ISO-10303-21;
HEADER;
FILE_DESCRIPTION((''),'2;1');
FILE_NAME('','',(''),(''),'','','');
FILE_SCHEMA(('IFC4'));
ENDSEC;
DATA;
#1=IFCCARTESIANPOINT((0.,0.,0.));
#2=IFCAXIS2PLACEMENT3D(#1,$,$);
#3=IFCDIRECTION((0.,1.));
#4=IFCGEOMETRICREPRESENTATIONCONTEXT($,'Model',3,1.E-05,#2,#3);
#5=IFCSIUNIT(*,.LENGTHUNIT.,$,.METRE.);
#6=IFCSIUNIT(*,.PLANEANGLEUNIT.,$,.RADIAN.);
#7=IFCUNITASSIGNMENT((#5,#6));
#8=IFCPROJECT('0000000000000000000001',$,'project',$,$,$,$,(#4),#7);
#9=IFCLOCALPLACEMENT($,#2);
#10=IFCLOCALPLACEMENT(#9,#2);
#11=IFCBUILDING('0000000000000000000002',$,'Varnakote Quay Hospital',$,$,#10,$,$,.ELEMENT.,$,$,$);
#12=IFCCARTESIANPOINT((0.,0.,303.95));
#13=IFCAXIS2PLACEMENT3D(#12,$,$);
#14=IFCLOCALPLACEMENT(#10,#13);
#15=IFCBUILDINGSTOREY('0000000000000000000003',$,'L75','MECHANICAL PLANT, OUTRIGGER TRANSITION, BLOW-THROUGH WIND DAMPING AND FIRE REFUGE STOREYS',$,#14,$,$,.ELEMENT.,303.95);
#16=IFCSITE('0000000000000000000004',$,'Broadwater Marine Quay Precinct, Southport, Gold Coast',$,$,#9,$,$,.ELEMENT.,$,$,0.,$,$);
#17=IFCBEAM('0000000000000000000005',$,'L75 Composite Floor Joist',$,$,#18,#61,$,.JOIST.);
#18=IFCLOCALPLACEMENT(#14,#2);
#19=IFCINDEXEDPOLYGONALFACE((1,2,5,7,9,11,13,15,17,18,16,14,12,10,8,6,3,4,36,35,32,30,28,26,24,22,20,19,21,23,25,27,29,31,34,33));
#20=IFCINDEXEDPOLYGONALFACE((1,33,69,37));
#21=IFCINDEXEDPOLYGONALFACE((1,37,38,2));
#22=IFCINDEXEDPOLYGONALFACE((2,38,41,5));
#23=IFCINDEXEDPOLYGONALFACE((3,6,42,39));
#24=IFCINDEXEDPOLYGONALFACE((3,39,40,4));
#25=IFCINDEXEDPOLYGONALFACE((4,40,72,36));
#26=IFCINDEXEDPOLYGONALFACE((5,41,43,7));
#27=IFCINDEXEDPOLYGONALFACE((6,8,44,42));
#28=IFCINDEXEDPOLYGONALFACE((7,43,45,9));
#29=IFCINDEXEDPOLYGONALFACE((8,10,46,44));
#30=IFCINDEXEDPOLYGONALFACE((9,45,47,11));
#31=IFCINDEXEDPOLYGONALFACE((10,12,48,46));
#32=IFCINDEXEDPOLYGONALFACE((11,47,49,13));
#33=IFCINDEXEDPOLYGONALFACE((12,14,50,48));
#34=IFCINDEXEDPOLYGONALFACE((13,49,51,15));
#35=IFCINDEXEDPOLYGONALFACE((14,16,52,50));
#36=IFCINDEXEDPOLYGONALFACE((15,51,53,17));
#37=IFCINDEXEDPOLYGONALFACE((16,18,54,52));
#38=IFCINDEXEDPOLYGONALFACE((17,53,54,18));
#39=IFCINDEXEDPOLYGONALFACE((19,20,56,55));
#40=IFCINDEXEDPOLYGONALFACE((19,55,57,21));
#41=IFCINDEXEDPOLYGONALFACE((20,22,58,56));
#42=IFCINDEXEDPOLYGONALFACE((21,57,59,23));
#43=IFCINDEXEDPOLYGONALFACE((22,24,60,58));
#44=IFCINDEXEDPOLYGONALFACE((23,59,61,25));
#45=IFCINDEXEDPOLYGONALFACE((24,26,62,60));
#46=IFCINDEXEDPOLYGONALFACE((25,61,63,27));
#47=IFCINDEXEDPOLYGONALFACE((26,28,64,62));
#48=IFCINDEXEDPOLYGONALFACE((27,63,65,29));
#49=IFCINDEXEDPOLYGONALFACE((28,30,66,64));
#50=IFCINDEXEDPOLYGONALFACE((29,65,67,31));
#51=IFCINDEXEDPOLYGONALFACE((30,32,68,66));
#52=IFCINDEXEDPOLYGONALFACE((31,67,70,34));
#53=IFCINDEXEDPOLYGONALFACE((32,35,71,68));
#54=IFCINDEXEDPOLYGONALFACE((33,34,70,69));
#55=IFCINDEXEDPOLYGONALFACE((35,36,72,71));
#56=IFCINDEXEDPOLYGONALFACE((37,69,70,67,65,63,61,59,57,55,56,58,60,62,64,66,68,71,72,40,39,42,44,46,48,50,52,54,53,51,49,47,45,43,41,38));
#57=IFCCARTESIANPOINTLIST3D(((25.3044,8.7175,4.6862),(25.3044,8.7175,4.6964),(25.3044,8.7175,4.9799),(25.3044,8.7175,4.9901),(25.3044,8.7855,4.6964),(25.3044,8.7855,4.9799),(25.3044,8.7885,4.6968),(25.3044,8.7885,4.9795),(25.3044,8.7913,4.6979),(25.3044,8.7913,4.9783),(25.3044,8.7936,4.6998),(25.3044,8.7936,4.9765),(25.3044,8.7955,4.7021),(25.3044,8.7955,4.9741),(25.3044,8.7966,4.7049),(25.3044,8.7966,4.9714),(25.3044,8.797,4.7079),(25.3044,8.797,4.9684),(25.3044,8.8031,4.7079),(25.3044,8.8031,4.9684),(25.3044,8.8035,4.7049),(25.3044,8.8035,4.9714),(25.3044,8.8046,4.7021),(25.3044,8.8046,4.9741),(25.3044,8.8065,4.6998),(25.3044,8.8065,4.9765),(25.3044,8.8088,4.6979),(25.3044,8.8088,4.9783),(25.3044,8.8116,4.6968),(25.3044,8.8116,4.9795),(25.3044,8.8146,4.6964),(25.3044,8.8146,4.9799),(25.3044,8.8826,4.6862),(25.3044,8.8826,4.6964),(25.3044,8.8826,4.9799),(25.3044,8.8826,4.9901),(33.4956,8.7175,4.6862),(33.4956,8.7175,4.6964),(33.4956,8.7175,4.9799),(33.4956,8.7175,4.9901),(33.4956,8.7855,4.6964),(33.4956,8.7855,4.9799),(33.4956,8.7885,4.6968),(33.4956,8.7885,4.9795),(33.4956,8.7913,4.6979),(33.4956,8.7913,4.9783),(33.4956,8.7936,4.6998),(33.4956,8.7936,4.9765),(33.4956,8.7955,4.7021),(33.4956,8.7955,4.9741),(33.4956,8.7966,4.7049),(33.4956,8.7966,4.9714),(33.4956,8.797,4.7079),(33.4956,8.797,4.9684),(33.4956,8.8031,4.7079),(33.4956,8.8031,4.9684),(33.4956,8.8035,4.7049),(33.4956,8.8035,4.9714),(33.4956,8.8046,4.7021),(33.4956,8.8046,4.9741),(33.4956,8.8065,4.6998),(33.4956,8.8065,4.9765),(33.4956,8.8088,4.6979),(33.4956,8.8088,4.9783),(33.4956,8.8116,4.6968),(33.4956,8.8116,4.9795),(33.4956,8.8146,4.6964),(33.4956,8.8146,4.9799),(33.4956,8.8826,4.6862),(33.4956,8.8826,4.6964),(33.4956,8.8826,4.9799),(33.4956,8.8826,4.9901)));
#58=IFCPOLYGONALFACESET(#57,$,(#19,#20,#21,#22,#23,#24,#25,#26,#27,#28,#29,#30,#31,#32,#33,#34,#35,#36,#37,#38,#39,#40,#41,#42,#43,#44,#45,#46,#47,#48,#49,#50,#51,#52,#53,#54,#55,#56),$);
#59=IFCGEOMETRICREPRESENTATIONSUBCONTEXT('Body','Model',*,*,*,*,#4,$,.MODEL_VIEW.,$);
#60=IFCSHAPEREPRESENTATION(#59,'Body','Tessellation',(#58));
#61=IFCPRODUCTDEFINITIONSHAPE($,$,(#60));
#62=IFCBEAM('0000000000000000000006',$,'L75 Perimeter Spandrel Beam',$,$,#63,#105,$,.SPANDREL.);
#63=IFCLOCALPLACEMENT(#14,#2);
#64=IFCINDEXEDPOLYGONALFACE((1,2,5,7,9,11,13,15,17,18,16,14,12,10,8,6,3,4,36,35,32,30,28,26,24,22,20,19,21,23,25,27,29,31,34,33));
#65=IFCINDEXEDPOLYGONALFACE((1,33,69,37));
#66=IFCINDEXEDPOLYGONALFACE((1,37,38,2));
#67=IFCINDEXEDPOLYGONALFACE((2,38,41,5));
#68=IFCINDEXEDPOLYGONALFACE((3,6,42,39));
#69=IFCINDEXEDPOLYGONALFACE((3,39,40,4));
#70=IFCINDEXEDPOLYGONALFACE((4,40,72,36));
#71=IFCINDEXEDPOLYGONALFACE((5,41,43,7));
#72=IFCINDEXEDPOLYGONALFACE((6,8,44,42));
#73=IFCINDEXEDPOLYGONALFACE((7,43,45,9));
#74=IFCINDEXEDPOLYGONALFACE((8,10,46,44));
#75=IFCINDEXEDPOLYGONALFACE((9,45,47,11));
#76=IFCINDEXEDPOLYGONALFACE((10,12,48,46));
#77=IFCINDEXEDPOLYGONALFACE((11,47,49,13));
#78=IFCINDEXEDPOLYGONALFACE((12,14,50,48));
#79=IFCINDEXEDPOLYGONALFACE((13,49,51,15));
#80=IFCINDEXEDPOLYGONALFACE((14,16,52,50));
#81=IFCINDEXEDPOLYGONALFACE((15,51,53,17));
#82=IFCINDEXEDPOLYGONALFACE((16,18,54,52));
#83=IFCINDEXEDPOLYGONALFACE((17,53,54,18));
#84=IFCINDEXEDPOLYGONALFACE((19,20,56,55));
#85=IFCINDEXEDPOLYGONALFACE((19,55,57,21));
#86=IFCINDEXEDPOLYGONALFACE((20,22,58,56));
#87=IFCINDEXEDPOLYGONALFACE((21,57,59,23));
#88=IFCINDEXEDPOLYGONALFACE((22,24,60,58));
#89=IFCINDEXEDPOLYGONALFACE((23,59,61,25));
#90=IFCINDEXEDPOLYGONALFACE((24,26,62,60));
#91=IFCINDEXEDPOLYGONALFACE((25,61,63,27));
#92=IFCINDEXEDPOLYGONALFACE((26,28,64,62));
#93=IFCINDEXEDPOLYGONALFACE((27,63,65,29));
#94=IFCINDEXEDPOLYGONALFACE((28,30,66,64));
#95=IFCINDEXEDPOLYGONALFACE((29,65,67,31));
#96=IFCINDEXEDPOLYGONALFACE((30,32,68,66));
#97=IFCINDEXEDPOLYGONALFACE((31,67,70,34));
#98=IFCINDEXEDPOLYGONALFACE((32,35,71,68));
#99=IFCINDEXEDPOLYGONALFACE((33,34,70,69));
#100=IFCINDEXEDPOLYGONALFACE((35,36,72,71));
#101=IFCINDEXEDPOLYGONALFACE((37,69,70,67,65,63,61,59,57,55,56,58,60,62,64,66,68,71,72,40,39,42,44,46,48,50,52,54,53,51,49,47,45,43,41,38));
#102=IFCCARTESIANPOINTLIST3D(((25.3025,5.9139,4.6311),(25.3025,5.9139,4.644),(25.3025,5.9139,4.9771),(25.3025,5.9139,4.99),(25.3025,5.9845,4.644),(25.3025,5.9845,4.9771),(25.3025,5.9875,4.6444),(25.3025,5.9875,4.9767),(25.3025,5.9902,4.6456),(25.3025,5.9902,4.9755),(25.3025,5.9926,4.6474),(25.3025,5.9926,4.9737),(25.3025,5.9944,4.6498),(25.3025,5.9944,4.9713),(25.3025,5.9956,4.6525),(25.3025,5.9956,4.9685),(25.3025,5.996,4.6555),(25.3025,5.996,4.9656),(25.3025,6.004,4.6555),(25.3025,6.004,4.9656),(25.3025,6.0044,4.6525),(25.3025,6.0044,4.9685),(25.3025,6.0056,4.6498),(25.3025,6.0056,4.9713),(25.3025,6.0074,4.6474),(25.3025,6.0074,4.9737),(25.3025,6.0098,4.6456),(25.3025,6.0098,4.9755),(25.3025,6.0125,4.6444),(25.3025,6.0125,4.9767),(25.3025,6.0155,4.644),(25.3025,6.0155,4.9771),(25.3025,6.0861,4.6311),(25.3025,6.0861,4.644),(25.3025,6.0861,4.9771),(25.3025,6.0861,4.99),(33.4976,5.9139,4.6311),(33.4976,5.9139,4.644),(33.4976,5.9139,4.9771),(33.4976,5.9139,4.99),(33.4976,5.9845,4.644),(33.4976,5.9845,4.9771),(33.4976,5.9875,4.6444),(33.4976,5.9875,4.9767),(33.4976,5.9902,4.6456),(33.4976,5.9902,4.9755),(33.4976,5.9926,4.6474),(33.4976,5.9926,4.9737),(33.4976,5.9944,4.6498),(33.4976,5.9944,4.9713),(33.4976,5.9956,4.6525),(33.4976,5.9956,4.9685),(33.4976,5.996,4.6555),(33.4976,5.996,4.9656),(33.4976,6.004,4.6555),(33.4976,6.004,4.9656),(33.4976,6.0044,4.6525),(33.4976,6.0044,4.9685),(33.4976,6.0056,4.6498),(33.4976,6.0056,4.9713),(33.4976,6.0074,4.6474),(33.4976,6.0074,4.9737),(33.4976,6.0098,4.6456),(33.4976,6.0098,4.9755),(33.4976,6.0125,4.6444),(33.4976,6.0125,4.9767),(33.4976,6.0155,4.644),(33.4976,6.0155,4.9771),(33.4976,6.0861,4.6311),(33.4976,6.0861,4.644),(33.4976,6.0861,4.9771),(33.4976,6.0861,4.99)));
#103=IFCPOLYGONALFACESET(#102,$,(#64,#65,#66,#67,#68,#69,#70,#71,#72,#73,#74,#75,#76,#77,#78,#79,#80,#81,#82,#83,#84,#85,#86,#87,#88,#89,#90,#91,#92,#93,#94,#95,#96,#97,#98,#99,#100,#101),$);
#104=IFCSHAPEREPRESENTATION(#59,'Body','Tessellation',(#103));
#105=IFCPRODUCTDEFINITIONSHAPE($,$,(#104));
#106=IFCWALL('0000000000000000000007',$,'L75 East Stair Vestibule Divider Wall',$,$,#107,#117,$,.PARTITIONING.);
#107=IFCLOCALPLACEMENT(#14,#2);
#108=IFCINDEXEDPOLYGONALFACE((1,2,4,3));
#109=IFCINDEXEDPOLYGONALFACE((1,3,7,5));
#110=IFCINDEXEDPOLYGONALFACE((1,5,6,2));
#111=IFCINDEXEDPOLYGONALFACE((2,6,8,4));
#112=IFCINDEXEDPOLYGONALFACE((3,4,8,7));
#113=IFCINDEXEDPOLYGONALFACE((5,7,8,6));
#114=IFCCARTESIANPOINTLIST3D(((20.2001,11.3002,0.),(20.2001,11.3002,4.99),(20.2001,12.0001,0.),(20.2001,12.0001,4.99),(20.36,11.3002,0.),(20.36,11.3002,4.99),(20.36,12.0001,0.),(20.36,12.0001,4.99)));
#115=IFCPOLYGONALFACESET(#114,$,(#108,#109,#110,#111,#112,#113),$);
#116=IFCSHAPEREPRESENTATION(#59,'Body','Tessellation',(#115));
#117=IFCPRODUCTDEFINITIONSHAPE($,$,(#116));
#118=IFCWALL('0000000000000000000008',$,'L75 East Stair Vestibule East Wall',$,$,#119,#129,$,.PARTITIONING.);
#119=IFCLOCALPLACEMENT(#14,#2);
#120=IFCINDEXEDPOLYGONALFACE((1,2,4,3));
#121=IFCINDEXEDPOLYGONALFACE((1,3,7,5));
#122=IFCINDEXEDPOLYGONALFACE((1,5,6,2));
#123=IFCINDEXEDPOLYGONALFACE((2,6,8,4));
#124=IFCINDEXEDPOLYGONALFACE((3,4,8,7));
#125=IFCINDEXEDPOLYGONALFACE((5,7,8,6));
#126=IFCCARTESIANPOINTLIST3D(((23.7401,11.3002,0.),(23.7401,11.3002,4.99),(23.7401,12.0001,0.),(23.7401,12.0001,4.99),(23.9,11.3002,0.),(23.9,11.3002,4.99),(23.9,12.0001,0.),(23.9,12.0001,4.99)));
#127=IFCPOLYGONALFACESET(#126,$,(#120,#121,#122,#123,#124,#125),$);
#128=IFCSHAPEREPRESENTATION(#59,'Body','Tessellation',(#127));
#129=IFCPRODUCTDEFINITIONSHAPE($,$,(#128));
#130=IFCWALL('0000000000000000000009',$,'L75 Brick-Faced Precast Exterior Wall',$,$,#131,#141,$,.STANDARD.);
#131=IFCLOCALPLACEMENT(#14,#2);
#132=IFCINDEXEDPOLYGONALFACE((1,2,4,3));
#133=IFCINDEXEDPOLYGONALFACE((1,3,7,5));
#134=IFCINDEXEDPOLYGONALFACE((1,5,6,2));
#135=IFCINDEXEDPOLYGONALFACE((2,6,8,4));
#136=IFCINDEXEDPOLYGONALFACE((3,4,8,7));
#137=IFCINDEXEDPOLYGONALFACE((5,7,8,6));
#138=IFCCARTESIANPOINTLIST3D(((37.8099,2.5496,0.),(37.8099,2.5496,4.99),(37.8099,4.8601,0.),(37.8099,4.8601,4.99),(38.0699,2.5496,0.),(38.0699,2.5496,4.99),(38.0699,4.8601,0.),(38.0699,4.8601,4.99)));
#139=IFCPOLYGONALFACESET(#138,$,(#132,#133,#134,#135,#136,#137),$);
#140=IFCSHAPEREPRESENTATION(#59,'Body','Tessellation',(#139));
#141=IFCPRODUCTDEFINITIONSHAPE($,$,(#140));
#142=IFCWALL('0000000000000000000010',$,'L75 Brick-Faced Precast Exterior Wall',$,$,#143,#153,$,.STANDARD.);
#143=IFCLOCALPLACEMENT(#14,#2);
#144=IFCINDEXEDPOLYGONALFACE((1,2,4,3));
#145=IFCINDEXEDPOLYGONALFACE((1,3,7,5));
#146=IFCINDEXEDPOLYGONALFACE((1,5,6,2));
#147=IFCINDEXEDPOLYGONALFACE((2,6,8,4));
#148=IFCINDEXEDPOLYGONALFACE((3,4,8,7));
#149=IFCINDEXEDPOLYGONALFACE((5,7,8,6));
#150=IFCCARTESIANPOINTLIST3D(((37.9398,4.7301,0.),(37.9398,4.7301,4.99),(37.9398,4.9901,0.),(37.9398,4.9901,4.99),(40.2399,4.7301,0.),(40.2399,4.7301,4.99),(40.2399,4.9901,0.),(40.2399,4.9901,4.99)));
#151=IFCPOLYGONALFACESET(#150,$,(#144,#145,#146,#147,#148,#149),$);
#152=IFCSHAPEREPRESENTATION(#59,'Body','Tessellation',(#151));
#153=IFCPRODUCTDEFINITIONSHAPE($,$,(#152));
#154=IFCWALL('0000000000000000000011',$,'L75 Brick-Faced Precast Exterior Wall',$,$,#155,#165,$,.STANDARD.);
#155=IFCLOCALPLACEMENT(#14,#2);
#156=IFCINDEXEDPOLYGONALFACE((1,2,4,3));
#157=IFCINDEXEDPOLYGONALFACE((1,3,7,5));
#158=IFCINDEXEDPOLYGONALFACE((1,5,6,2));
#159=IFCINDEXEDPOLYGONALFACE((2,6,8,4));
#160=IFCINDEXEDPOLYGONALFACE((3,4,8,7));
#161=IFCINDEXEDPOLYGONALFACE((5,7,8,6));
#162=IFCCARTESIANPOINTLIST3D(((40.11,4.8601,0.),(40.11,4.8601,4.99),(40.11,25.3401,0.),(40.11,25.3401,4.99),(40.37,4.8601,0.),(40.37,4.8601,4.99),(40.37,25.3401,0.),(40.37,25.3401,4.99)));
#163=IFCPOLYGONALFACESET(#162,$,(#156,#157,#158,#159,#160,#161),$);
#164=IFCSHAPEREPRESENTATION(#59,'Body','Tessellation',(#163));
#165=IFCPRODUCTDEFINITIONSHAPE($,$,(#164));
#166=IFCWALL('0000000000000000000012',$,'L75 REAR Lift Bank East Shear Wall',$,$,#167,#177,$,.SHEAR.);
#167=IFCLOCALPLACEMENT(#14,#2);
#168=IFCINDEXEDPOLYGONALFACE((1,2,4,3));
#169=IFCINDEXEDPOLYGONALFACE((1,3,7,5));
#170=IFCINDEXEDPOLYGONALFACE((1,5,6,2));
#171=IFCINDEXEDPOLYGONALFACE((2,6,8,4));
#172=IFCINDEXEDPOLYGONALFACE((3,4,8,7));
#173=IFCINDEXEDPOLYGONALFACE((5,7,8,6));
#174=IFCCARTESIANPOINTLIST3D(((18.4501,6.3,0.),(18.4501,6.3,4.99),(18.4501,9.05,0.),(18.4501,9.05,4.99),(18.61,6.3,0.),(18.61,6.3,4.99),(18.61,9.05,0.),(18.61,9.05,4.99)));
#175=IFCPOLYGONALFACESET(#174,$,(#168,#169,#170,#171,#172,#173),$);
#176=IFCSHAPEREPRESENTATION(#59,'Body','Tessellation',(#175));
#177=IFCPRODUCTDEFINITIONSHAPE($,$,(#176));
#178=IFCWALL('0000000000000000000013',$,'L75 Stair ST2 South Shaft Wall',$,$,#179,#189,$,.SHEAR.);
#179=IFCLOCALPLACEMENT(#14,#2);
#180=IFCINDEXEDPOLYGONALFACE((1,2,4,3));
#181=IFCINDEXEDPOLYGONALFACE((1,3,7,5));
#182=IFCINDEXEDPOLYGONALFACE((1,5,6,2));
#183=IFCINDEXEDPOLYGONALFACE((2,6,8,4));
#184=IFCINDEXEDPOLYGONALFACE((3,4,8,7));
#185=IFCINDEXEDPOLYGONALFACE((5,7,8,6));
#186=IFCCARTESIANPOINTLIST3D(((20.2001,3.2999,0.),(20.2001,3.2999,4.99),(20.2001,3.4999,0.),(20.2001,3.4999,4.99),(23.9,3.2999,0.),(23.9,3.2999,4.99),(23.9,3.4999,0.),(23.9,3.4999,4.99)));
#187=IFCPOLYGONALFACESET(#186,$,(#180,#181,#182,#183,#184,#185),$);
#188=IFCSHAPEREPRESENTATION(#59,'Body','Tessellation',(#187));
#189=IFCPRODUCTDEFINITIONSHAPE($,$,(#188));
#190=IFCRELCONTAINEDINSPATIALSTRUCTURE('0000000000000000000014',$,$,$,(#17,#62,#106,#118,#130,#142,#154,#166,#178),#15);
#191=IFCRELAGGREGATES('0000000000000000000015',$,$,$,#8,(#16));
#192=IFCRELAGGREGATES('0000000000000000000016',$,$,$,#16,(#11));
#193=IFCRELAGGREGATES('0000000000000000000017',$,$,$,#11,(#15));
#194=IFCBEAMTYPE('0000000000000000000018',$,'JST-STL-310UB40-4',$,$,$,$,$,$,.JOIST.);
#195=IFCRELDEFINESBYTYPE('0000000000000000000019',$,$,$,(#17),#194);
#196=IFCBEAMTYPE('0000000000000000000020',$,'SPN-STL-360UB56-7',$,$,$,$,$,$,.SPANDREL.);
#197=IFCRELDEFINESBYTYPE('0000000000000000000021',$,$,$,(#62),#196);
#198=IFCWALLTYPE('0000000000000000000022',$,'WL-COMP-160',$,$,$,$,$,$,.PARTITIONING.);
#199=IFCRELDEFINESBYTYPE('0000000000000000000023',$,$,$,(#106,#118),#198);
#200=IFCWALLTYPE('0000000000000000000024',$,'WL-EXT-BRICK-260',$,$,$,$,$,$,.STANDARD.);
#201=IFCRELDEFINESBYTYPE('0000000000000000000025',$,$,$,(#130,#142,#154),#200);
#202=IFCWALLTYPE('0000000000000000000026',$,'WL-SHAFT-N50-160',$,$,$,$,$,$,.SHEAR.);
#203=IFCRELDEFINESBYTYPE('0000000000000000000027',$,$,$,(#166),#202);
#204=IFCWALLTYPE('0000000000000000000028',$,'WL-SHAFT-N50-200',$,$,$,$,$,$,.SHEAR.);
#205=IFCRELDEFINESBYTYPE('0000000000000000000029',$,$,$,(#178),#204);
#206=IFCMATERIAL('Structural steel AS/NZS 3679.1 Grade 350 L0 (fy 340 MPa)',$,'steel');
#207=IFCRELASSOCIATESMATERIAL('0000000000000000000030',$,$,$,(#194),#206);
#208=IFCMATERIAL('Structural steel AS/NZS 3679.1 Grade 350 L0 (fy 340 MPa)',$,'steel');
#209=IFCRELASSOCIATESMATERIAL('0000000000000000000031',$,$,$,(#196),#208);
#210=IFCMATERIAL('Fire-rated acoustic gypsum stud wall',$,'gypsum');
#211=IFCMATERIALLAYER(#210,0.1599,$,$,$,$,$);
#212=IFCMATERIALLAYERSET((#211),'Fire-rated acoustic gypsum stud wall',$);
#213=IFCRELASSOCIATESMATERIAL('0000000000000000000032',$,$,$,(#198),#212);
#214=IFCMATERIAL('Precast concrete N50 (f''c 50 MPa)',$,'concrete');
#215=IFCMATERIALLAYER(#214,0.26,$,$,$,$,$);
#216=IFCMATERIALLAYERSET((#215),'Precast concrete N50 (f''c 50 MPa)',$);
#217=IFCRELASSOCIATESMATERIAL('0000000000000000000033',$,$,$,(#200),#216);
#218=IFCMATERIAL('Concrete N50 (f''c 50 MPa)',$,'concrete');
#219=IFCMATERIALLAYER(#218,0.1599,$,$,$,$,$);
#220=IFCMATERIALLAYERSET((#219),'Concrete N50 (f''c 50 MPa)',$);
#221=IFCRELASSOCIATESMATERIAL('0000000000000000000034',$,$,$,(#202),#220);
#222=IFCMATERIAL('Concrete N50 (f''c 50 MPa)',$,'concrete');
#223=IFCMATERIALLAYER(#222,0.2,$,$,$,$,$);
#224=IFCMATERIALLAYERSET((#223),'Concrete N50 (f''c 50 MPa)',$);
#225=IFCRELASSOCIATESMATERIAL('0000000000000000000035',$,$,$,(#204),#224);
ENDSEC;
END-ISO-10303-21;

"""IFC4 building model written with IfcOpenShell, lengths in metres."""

from ifc_helpers import new_model, si_unit, direction, frame, frame_2d, origin, origin_2d, place, context, subcontext, project, spatial, rectangle, i_section, extrude, material, layer, layer_set, material_profile, profile_set, type_object, element, save


model = new_model("IFC4")

# Units and contexts
model_context = context("Model", 3, precision=1e-05, world=origin(), true_north=direction((0.0, 1.0)))
body_context = subcontext(model_context, "Body", "Model", "MODEL_VIEW")
ifc_project = project(units=[si_unit("LENGTHUNIT", "METRE"), si_unit("PLANEANGLEUNIT", "RADIAN")], contexts=[model_context])

# Site, building, storey
site_placement = place(None, origin())
site = spatial("IfcSite", under=ifc_project, at=site_placement, Name="Broadwater Marine Quay Precinct, Southport, Gold Coast", CompositionType="ELEMENT", RefElevation=0.0)
building_placement = place(site_placement, origin())
building = spatial("IfcBuilding", under=site, at=building_placement, Name="Varnakote Quay Hospital", CompositionType="ELEMENT")
storey_placement = place(building_placement, frame((0.0, 0.0, 303.95)))
storey = spatial("IfcBuildingStorey", under=building, at=storey_placement, Name="L75", Description="MECHANICAL PLANT, OUTRIGGER TRANSITION, BLOW-THROUGH WIND DAMPING AND FIRE REFUGE STOREYS", CompositionType="ELEMENT", Elevation=303.95)

# Beams
ifc_material_1 = material(Name="Structural steel AS/NZS 3679.1 Grade 350 L0 (fy 340 MPa)", Category="steel")
ifc_material_profile_1 = material_profile(ifc_material_1, i_section(OverallWidth=0.165, OverallDepth=0.304, WebThickness=0.0061, FlangeThickness=0.0103, FilletRadius=0.0115, at=origin_2d()), Name="310UB40.4")
ifc_profile_set_1 = profile_set([ifc_material_profile_1], Name="Structural steel AS/NZS 3679.1 Grade 350 L0 (fy 340 MPa)")
beam_type_1 = type_object("IfcBeamType", Name="JST-STL-310UB40-4", PredefinedType="JOIST", material=ifc_profile_set_1)
beam_1_placement = place(storey_placement, frame((25.3044, 8.8, 4.8381), z_axis=(1.0, 0.0, 0.0), x_axis=(0.0, 1.0, 0.0)))
element("IfcBeam", 1, at=beam_1_placement, inside=storey, type_object=beam_type_1, Name="L75 Composite Floor Joist", PredefinedType="JOIST", context=body_context, shape_type="SweptSolid", body=[
    extrude(i_section(OverallWidth=0.165, OverallDepth=0.304, WebThickness=0.0061, FlangeThickness=0.0103, FilletRadius=0.0115, at=origin_2d()), origin(), (0.0, 0.0, 1.0), 8.1912),
])
ifc_material_2 = material(Name="Structural steel AS/NZS 3679.1 Grade 350 L0 (fy 340 MPa)", Category="steel")
ifc_material_profile_2 = material_profile(ifc_material_2, i_section(OverallWidth=0.1721, OverallDepth=0.3589, WebThickness=0.0081, FlangeThickness=0.0129, FilletRadius=0.0115, at=origin_2d()), Name="360UB56.7")
ifc_profile_set_2 = profile_set([ifc_material_profile_2], Name="Structural steel AS/NZS 3679.1 Grade 350 L0 (fy 340 MPa)")
beam_type_2 = type_object("IfcBeamType", Name="SPN-STL-360UB56-7", PredefinedType="SPANDREL", material=ifc_profile_set_2)
beam_2_placement = place(storey_placement, frame((25.3025, 6.0, 4.8105), z_axis=(1.0, 0.0, 0.0), x_axis=(0.0, 1.0, 0.0)))
element("IfcBeam", 2, at=beam_2_placement, inside=storey, type_object=beam_type_2, Name="L75 Perimeter Spandrel Beam", PredefinedType="SPANDREL", context=body_context, shape_type="SweptSolid", body=[
    extrude(i_section(OverallWidth=0.1721, OverallDepth=0.3589, WebThickness=0.0081, FlangeThickness=0.0129, FilletRadius=0.0115, at=origin_2d()), origin(), (0.0, 0.0, 1.0), 8.1951),
])

# Walls
ifc_material_3 = material(Name="Fire-rated acoustic gypsum stud wall", Category="gypsum")
ifc_layer_1 = layer(ifc_material_3, 0.1599)
ifc_layer_set_1 = layer_set([ifc_layer_1], Name="Fire-rated acoustic gypsum stud wall")
wall_type_1 = type_object("IfcWallType", Name="WL-COMP-160", PredefinedType="PARTITIONING", material=ifc_layer_set_1)
for number, where, z_axis, x_axis, name in (
    (3, (20.28, 11.3, 0.0), (0.0, 0.0, 1.0), (0.0, 1.0, 0.0), "L75 East Stair Vestibule Divider Wall"),
    (4, (23.8201, 11.3, 0.0), (0.0, 0.0, 1.0), (0.0, 1.0, 0.0), "L75 East Stair Vestibule East Wall"),
):
    element("IfcWall", number, at=place(storey_placement, frame(where, z_axis=z_axis, x_axis=x_axis)), inside=storey, type_object=wall_type_1, Name=name, PredefinedType="PARTITIONING", context=body_context, shape_type="SweptSolid", body=[
        extrude(rectangle(XDim=0.7, YDim=0.1599, at=frame_2d((0.3501, 0.0))), origin(), (0.0, 0.0, 1.0), 4.99),
    ])
ifc_material_4 = material(Name="Precast concrete N50 (f'c 50 MPa)", Category="concrete")
ifc_layer_2 = layer(ifc_material_4, 0.26)
ifc_layer_set_2 = layer_set([ifc_layer_2], Name="Precast concrete N50 (f'c 50 MPa)")
wall_type_2 = type_object("IfcWallType", Name="WL-EXT-BRICK-260", PredefinedType="STANDARD", material=ifc_layer_set_2)
wall_1_placement = place(storey_placement, frame((37.9399, 2.5496, 0.0), z_axis=(0.0, 0.0, 1.0), x_axis=(0.0, 1.0, 0.0)))
element("IfcWall", 5, at=wall_1_placement, inside=storey, type_object=wall_type_2, Name="L75 Brick-Faced Precast Exterior Wall", PredefinedType="STANDARD", context=body_context, shape_type="SweptSolid", body=[
    extrude(rectangle(XDim=2.3105, YDim=0.26, at=frame_2d((1.1553, 0.0))), origin(), (0.0, 0.0, 1.0), 4.99),
])
wall_2_placement = place(storey_placement, frame((37.9399, 4.8601, 0.0), z_axis=(0.0, 0.0, 1.0), x_axis=(1.0, 0.0, 0.0)))
element("IfcWall", 6, at=wall_2_placement, inside=storey, type_object=wall_type_2, Name="L75 Brick-Faced Precast Exterior Wall", PredefinedType="STANDARD", context=body_context, shape_type="SweptSolid", body=[
    extrude(rectangle(XDim=2.3, YDim=0.26, at=frame_2d((1.1499, 0.0))), origin(), (0.0, 0.0, 1.0), 4.99),
])
wall_3_placement = place(storey_placement, frame((40.24, 4.8601, 0.0), z_axis=(0.0, 0.0, 1.0), x_axis=(0.0, 1.0, 0.0)))
element("IfcWall", 7, at=wall_3_placement, inside=storey, type_object=wall_type_2, Name="L75 Brick-Faced Precast Exterior Wall", PredefinedType="STANDARD", context=body_context, shape_type="SweptSolid", body=[
    extrude(rectangle(XDim=20.48, YDim=0.26, at=frame_2d((10.24, 0.0))), origin(), (0.0, 0.0, 1.0), 4.99),
])
ifc_material_5 = material(Name="Concrete N50 (f'c 50 MPa)", Category="concrete")
ifc_layer_3 = layer(ifc_material_5, 0.1599)
ifc_layer_set_3 = layer_set([ifc_layer_3], Name="Concrete N50 (f'c 50 MPa)")
wall_type_3 = type_object("IfcWallType", Name="WL-SHAFT-N50-160", PredefinedType="SHEAR", material=ifc_layer_set_3)
wall_4_placement = place(storey_placement, frame((18.53, 6.3, 0.0), z_axis=(0.0, 0.0, 1.0), x_axis=(0.0, 1.0, 0.0)))
element("IfcWall", 8, at=wall_4_placement, inside=storey, type_object=wall_type_3, Name="L75 REAR Lift Bank East Shear Wall", PredefinedType="SHEAR", context=body_context, shape_type="SweptSolid", body=[
    extrude(rectangle(XDim=2.75, YDim=0.1599, at=frame_2d((1.375, 0.0))), origin(), (0.0, 0.0, 1.0), 4.99),
])
ifc_material_6 = material(Name="Concrete N50 (f'c 50 MPa)", Category="concrete")
ifc_layer_4 = layer(ifc_material_6, 0.2)
ifc_layer_set_4 = layer_set([ifc_layer_4], Name="Concrete N50 (f'c 50 MPa)")
wall_type_4 = type_object("IfcWallType", Name="WL-SHAFT-N50-200", PredefinedType="SHEAR", material=ifc_layer_set_4)
wall_5_placement = place(storey_placement, frame((20.2, 3.3999, 0.0), z_axis=(0.0, 0.0, 1.0), x_axis=(1.0, 0.0, 0.0)))
element("IfcWall", 9, at=wall_5_placement, inside=storey, type_object=wall_type_4, Name="L75 Stair ST2 South Shaft Wall", PredefinedType="SHEAR", context=body_context, shape_type="SweptSolid", body=[
    extrude(rectangle(XDim=3.7, YDim=0.2, at=frame_2d((1.8501, 0.0))), origin(), (0.0, 0.0, 1.0), 4.99),
])

save(model, "model.ifc")
